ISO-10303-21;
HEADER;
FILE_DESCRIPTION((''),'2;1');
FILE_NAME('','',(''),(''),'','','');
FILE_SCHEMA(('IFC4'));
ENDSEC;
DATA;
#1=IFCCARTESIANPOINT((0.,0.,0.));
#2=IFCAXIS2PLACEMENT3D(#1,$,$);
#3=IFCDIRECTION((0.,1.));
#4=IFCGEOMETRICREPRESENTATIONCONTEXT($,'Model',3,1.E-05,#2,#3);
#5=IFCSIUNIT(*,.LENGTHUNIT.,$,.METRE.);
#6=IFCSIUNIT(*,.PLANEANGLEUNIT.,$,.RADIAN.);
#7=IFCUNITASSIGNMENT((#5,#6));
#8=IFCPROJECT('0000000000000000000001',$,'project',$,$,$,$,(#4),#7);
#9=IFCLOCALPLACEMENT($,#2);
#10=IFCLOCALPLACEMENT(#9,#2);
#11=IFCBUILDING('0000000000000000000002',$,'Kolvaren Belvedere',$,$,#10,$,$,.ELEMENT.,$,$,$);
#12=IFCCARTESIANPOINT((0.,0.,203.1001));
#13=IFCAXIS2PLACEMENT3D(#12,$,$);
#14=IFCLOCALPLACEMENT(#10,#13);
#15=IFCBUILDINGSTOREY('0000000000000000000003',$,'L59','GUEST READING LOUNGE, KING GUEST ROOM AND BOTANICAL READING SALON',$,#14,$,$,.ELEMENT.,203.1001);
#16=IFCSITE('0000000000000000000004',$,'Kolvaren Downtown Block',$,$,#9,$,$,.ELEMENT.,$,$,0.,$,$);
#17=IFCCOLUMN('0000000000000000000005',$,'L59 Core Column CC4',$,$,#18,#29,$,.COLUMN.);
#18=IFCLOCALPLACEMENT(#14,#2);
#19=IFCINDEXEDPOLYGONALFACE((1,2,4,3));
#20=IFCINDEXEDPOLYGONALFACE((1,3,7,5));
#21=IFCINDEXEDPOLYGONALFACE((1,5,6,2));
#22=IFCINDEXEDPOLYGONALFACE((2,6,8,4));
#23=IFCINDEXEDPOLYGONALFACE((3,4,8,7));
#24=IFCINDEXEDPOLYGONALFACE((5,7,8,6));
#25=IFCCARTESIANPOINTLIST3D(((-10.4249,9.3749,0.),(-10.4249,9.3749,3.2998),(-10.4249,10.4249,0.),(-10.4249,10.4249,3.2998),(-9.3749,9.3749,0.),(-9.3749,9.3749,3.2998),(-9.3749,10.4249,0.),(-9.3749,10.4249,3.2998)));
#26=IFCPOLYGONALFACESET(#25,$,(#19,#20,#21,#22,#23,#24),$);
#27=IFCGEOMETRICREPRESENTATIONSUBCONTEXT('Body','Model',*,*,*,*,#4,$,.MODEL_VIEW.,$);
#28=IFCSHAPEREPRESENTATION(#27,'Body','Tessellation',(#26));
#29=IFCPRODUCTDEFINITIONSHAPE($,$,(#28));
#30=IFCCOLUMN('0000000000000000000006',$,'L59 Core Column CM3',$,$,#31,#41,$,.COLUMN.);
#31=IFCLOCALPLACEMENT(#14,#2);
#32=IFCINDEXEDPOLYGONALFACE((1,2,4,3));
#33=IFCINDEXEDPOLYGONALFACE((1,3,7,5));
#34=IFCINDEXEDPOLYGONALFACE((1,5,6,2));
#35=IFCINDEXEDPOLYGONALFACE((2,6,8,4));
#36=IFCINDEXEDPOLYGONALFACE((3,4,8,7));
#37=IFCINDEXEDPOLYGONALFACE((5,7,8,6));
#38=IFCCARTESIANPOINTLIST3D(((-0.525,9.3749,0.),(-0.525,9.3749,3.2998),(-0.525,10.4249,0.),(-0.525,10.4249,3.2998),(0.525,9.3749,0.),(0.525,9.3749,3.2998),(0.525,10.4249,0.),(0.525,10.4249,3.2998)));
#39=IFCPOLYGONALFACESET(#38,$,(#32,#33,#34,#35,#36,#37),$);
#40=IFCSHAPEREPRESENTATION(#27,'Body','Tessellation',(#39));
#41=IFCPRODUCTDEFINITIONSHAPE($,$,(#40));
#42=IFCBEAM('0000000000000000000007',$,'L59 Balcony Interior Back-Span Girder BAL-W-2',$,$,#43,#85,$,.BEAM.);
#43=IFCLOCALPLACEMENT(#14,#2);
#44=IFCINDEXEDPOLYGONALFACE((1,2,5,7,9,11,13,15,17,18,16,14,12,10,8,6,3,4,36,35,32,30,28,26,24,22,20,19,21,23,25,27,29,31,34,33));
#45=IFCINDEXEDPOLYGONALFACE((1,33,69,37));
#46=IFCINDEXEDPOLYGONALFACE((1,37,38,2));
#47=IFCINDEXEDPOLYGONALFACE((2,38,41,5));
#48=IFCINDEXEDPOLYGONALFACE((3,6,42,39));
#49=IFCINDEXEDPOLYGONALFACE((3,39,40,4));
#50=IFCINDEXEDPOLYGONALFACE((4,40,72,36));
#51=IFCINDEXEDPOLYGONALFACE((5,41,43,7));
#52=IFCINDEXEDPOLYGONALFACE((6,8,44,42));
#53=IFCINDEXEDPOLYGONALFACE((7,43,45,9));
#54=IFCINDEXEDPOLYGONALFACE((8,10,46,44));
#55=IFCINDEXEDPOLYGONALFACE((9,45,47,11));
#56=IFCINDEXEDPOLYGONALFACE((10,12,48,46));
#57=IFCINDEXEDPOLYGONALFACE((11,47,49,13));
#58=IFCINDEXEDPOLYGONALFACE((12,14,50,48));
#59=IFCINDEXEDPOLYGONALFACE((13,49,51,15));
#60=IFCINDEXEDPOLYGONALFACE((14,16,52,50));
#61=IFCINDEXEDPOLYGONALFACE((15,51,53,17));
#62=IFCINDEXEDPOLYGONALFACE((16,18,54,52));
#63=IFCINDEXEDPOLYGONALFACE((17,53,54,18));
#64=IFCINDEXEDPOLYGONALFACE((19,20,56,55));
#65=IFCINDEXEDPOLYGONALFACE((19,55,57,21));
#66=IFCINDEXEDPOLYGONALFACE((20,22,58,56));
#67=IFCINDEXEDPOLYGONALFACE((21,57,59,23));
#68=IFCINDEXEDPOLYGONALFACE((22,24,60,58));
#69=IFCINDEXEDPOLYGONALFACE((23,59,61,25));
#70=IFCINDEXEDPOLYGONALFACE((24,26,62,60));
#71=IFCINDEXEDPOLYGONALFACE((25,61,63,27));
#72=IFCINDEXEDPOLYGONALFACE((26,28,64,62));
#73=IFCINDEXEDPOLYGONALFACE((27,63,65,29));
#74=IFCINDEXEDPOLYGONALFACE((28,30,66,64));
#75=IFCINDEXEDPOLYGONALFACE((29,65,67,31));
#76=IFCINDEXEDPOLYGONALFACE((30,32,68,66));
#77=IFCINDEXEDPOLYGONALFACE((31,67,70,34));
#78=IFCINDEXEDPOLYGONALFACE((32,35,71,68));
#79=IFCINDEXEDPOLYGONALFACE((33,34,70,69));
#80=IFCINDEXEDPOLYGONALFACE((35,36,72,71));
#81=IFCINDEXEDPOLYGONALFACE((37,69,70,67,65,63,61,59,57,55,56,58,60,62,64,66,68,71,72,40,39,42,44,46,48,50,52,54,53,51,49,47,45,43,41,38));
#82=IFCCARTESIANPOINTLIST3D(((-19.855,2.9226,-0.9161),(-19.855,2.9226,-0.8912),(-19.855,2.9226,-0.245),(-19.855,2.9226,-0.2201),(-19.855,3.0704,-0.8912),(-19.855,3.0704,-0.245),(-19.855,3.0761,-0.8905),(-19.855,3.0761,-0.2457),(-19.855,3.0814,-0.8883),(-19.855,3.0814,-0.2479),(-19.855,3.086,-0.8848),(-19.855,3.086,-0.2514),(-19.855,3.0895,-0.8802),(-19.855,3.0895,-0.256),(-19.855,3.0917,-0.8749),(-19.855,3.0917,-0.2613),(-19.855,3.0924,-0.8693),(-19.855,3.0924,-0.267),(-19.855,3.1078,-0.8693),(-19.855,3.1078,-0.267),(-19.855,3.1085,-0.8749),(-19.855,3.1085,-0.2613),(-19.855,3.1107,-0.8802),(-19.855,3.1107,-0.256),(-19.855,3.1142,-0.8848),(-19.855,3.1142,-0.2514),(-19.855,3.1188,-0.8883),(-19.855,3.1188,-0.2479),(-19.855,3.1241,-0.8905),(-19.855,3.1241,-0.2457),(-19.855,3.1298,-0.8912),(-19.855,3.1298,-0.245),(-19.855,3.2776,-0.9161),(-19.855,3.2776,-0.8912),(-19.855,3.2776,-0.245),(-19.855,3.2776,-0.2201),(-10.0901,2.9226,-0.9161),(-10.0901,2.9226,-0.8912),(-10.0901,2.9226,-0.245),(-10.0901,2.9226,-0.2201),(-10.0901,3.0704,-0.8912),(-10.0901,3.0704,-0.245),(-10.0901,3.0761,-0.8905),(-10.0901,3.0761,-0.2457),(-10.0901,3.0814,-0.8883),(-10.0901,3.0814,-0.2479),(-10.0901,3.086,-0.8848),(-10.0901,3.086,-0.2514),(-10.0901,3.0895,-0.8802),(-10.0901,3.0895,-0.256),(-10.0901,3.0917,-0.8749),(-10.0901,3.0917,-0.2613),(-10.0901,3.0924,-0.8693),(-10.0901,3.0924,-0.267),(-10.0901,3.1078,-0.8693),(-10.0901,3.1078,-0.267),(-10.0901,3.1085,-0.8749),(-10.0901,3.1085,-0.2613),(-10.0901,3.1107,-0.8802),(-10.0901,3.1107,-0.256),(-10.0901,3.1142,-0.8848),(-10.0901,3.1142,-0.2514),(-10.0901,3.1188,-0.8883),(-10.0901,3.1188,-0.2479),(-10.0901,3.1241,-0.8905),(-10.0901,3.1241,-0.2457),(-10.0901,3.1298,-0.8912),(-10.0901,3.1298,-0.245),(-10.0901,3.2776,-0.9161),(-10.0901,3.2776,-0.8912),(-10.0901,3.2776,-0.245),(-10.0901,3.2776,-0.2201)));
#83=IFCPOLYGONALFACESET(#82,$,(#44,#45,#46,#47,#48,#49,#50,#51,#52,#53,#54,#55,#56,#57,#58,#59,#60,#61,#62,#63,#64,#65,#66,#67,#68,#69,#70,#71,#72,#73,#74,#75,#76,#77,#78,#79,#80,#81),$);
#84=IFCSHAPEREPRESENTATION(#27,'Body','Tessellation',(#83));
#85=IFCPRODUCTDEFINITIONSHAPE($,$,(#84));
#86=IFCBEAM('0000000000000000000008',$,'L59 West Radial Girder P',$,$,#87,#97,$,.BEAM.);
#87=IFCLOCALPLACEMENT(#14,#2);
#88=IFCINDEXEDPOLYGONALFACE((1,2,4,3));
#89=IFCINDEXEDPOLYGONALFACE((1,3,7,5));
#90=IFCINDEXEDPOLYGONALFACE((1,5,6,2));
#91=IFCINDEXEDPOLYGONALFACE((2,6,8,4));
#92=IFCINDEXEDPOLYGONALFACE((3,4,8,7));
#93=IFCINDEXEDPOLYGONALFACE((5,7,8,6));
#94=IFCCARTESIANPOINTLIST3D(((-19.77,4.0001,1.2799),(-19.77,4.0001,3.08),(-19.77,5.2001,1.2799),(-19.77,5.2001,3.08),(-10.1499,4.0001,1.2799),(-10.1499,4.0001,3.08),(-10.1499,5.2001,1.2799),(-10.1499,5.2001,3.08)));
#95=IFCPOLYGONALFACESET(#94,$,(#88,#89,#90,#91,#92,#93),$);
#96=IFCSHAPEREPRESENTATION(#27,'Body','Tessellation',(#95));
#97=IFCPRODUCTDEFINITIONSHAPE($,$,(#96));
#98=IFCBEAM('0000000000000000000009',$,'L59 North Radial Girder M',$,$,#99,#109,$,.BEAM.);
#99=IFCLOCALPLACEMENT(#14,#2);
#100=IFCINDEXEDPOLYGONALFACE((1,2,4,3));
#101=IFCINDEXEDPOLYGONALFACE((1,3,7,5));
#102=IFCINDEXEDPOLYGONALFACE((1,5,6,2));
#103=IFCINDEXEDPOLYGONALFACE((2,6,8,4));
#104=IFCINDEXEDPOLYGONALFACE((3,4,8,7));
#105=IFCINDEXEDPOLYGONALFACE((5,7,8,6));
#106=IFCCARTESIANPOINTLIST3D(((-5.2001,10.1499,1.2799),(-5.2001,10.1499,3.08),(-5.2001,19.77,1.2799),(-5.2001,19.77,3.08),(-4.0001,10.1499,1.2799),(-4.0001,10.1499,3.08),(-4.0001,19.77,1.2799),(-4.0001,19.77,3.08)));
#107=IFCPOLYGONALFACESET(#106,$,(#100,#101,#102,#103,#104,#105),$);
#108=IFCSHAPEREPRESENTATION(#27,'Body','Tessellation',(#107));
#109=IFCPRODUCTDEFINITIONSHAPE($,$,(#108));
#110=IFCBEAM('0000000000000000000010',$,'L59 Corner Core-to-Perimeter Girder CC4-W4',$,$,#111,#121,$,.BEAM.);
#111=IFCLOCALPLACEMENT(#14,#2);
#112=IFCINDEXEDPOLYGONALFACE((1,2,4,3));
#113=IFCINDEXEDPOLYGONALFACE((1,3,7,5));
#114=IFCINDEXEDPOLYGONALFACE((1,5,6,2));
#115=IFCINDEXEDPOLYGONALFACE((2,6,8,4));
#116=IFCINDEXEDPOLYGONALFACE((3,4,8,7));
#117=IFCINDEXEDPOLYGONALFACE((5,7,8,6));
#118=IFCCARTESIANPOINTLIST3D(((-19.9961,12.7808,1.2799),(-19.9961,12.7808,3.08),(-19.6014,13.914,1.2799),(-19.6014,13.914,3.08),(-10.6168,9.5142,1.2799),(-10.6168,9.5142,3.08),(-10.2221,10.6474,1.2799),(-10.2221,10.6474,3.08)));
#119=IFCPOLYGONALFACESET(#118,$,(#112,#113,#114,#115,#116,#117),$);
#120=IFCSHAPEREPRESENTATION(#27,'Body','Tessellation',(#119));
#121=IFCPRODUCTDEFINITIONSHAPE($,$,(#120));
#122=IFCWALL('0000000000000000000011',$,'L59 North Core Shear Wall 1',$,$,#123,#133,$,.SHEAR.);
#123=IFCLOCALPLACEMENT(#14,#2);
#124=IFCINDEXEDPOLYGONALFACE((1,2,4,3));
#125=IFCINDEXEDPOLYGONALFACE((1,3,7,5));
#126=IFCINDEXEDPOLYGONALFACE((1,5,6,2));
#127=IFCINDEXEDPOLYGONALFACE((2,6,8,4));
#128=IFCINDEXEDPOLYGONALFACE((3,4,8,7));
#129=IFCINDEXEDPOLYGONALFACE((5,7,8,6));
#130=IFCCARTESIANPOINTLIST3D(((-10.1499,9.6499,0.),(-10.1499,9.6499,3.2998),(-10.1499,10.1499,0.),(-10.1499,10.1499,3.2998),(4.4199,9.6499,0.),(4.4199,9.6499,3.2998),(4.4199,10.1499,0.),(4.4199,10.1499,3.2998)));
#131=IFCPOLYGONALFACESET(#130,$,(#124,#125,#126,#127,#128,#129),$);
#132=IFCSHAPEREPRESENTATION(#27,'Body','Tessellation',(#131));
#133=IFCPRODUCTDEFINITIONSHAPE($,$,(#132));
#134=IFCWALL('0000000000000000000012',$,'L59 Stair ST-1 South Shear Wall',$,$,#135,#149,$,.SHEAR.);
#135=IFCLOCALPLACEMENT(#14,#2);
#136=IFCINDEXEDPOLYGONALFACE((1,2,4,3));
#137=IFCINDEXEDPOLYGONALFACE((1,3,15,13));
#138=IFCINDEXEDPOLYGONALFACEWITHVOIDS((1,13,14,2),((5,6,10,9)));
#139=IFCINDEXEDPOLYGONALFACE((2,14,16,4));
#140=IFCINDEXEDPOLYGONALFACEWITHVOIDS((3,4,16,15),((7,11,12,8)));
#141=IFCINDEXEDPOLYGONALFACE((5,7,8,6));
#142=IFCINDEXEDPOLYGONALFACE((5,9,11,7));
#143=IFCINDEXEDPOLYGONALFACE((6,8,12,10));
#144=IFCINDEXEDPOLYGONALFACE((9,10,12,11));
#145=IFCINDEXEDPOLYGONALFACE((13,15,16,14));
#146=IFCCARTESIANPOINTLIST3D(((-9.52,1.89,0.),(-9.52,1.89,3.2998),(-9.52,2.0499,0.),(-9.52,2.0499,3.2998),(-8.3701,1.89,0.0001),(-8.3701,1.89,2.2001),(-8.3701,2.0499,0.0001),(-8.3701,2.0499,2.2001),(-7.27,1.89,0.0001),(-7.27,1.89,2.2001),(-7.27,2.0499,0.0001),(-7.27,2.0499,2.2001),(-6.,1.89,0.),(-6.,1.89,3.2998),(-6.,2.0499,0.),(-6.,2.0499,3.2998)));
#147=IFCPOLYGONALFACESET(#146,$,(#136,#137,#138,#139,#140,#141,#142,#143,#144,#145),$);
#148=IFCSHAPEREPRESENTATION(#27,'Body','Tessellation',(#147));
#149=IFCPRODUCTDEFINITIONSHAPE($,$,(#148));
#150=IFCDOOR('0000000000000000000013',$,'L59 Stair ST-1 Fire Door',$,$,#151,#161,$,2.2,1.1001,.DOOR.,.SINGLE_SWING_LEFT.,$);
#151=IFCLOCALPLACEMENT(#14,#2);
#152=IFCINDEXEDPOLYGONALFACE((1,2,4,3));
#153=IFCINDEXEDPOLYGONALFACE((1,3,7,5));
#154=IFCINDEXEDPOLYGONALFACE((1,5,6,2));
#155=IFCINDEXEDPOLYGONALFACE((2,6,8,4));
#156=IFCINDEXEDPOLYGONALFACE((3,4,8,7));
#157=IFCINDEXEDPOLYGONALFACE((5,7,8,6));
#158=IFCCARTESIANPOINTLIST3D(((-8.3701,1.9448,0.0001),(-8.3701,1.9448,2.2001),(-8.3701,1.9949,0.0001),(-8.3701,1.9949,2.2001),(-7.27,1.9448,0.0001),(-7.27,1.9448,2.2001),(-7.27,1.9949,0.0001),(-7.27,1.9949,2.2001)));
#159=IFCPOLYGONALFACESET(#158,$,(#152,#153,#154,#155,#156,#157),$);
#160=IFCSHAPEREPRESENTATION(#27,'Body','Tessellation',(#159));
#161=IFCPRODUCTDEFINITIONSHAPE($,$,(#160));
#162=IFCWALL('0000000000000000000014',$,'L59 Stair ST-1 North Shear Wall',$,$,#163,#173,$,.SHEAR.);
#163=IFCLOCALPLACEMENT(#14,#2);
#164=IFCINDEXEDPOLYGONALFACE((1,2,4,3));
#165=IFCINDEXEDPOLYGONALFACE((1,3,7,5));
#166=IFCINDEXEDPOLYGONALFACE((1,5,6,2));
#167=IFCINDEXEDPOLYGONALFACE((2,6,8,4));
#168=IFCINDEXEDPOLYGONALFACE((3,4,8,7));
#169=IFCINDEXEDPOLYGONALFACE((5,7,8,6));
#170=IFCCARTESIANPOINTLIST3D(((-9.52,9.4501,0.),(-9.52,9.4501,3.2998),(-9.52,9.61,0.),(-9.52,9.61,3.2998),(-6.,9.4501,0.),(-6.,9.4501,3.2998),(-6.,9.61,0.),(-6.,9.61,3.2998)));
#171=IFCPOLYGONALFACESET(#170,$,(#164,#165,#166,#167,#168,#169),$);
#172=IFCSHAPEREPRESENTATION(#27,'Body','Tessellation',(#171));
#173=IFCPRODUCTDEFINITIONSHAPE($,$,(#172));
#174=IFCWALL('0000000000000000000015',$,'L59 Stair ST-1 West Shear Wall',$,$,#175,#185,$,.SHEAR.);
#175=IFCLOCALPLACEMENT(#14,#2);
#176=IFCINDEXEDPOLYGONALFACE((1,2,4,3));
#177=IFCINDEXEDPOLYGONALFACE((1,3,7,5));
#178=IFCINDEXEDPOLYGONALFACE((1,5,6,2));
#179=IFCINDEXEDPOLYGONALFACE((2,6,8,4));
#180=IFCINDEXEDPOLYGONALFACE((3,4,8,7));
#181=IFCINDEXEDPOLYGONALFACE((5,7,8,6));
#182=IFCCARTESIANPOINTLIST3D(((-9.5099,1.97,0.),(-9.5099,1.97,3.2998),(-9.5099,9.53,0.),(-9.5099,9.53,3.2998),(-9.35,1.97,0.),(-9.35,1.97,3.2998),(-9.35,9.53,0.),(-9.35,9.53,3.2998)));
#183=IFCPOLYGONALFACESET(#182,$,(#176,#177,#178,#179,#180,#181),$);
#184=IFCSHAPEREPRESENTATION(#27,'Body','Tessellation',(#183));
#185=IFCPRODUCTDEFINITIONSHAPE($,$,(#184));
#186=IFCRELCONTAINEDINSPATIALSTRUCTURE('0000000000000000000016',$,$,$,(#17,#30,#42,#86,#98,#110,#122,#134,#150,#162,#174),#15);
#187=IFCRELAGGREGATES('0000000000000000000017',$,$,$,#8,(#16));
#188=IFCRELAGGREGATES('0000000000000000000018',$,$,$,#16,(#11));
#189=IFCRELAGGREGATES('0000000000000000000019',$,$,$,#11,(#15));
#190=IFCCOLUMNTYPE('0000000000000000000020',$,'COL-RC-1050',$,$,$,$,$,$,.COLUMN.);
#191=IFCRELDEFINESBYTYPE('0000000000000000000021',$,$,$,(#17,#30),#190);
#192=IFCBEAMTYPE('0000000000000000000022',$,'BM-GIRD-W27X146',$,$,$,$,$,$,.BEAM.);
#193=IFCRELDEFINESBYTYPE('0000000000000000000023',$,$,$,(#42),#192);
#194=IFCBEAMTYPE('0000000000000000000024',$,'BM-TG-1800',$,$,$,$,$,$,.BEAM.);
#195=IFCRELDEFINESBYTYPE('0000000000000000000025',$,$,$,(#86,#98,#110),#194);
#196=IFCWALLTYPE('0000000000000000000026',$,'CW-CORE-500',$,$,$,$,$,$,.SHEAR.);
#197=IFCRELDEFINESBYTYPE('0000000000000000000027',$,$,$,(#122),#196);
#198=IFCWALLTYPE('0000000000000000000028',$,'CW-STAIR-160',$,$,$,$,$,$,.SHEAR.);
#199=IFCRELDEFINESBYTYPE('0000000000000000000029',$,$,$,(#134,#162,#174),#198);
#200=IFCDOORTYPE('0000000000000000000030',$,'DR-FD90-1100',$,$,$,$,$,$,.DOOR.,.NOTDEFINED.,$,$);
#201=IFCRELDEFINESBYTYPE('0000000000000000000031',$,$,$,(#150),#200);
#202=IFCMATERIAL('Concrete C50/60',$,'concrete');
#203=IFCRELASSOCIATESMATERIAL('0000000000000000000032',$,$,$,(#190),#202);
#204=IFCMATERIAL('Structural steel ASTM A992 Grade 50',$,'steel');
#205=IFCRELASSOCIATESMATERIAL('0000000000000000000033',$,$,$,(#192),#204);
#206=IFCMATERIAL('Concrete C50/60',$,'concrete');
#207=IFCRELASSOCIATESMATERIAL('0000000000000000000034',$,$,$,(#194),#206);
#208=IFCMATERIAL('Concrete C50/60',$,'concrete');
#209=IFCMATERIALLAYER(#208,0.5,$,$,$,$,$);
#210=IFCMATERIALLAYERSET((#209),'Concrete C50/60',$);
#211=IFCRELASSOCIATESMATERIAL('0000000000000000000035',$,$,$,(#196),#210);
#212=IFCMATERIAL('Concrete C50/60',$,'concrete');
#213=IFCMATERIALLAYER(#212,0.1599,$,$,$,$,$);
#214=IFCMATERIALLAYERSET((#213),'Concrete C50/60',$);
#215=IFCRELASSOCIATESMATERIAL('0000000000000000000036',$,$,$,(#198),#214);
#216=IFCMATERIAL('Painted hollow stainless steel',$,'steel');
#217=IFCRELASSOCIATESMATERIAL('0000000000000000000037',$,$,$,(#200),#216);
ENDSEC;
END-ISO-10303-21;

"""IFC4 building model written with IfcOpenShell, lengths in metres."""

from ifc_helpers import new_model, si_unit, direction, frame, frame_2d, origin, origin_2d, place, context, subcontext, project, spatial, rectangle, i_section, extrude, material, layer, layer_set, material_profile, profile_set, type_object, element, fill, save


model = new_model("IFC4")

# Units and contexts
model_context = context("Model", 3, precision=1e-05, world=origin(), true_north=direction((0.0, 1.0)))
body_context = subcontext(model_context, "Body", "Model", "MODEL_VIEW")
ifc_project = project(units=[si_unit("LENGTHUNIT", "METRE"), si_unit("PLANEANGLEUNIT", "RADIAN")], contexts=[model_context])

# Site, building, storey
site_placement = place(None, origin())
site = spatial("IfcSite", under=ifc_project, at=site_placement, Name="Kolvaren Downtown Block", CompositionType="ELEMENT", RefElevation=0.0)
building_placement = place(site_placement, origin())
building = spatial("IfcBuilding", under=site, at=building_placement, Name="Kolvaren Belvedere", CompositionType="ELEMENT")
storey_placement = place(building_placement, frame((0.0, 0.0, 203.1001)))
storey = spatial("IfcBuildingStorey", under=building, at=storey_placement, Name="L59", Description="GUEST READING LOUNGE, KING GUEST ROOM AND BOTANICAL READING SALON", CompositionType="ELEMENT", Elevation=203.1001)

# Columns
ifc_material_1 = material(Name="Concrete C50/60", Category="concrete")
ifc_material_profile_1 = material_profile(ifc_material_1, rectangle(XDim=1.05, YDim=1.05, at=origin_2d()), Name="RC 1050X1050")
ifc_profile_set_1 = profile_set([ifc_material_profile_1], Name="Concrete C50/60")
column_type = type_object("IfcColumnType", Name="COL-RC-1050", PredefinedType="COLUMN", material=ifc_profile_set_1)
for number, where, z_axis, x_axis, name in (
    (1, (-9.8999, 9.8999, 0.0), (0.0, 0.0, 1.0), (1.0, 0.0, 0.0), "L59 Core Column CC4"),
    (2, (0.0, 9.8999, 0.0), (0.0, 0.0, 1.0), (1.0, 0.0, 0.0), "L59 Core Column CM3"),
):
    element("IfcColumn", number, at=place(storey_placement, frame(where, z_axis=z_axis, x_axis=x_axis)), inside=storey, type_object=column_type, Name=name, PredefinedType="COLUMN", context=body_context, shape_type="SweptSolid", body=[
        extrude(rectangle(XDim=1.05, YDim=1.05, at=origin_2d()), origin(), (0.0, 0.0, 1.0), 3.2998),
    ])

# Beams
ifc_material_2 = material(Name="Structural steel ASTM A992 Grade 50", Category="steel")
ifc_material_profile_2 = material_profile(ifc_material_2, i_section(OverallWidth=0.355, OverallDepth=0.696, WebThickness=0.0154, FlangeThickness=0.0249, FilletRadius=0.022, at=origin_2d()), Name="W27X146")
ifc_profile_set_2 = profile_set([ifc_material_profile_2], Name="Structural steel ASTM A992 Grade 50")
beam_type_1 = type_object("IfcBeamType", Name="BM-GIRD-W27X146", PredefinedType="BEAM", material=ifc_profile_set_2)
beam_1_placement = place(storey_placement, frame((-10.0901, 3.1001, -0.5681), z_axis=(-1.0, 0.0, 0.0), x_axis=(0.0, -1.0, 0.0)))
element("IfcBeam", 3, at=beam_1_placement, inside=storey, type_object=beam_type_1, Name="L59 Balcony Interior Back-Span Girder BAL-W-2", PredefinedType="BEAM", context=body_context, shape_type="SweptSolid", body=[
    extrude(i_section(OverallWidth=0.355, OverallDepth=0.696, WebThickness=0.0154, FlangeThickness=0.0249, FilletRadius=0.022, at=origin_2d()), origin(), (0.0, 0.0, 1.0), 9.7649),
])
ifc_material_3 = material(Name="Concrete C50/60", Category="concrete")
ifc_material_profile_3 = material_profile(ifc_material_3, rectangle(XDim=1.2, YDim=1.8, at=origin_2d()), Name="RC 1200X1800")
ifc_profile_set_3 = profile_set([ifc_material_profile_3], Name="Concrete C50/60")
beam_type_2 = type_object("IfcBeamType", Name="BM-TG-1800", PredefinedType="BEAM", material=ifc_profile_set_3)
for number, where, z_axis, x_axis, name in (
    (4, (-10.1499, 4.6001, 2.1799), (-1.0, 0.0, 0.0), (0.0, -1.0, 0.0), "L59 West Radial Girder P"),
    (5, (-4.6001, 10.1499, 2.1799), (0.0, 1.0, 0.0), (-1.0, 0.0, 0.0), "L59 North Radial Girder M"),
):
    element("IfcBeam", number, at=place(storey_placement, frame(where, z_axis=z_axis, x_axis=x_axis)), inside=storey, type_object=beam_type_2, Name=name, PredefinedType="BEAM", context=body_context, shape_type="SweptSolid", body=[
        extrude(rectangle(XDim=1.2, YDim=1.8, at=origin_2d()), origin(), (0.0, 0.0, 1.0), 9.6201),
    ])
beam_2_placement = place(storey_placement, frame((-10.4194, 10.0808, 2.1799), z_axis=(-0.944365, 0.328898, 0.0), x_axis=(-0.328898, -0.944365, 0.0)))
element("IfcBeam", 6, at=beam_2_placement, inside=storey, type_object=beam_type_2, Name="L59 Corner Core-to-Perimeter Girder CC4-W4", PredefinedType="BEAM", context=body_context, shape_type="SweptSolid", body=[
    extrude(rectangle(XDim=1.2, YDim=1.8, at=origin_2d()), origin(), (0.0, 0.0, 1.0), 9.9319),
])

# Wall
ifc_material_4 = material(Name="Concrete C50/60", Category="concrete")
ifc_layer_1 = layer(ifc_material_4, 0.5)
ifc_layer_set_1 = layer_set([ifc_layer_1], Name="Concrete C50/60")
wall_type_1 = type_object("IfcWallType", Name="CW-CORE-500", PredefinedType="SHEAR", material=ifc_layer_set_1)
wall_1_placement = place(storey_placement, frame((-10.1499, 9.8999, 0.0), z_axis=(0.0, 0.0, 1.0), x_axis=(1.0, 0.0, 0.0)))
element("IfcWall", 7, at=wall_1_placement, inside=storey, type_object=wall_type_1, Name="L59 North Core Shear Wall 1", PredefinedType="SHEAR", context=body_context, shape_type="SweptSolid", body=[
    extrude(rectangle(XDim=14.5698, YDim=0.5, at=frame_2d((7.2849, 0.0))), origin(), (0.0, 0.0, 1.0), 3.2998),
])

# Wall, opening, door
ifc_material_5 = material(Name="Concrete C50/60", Category="concrete")
ifc_layer_2 = layer(ifc_material_5, 0.1599)
ifc_layer_set_2 = layer_set([ifc_layer_2], Name="Concrete C50/60")
wall_type_2 = type_object("IfcWallType", Name="CW-STAIR-160", PredefinedType="SHEAR", material=ifc_layer_set_2)
wall_2_placement = place(storey_placement, frame((-9.52, 1.97, 0.0), z_axis=(0.0, 0.0, 1.0), x_axis=(1.0, 0.0, 0.0)))
wall_2 = element("IfcWall", 8, at=wall_2_placement, inside=storey, type_object=wall_type_2, Name="L59 Stair ST-1 South Shear Wall", PredefinedType="SHEAR", context=body_context, shape_type="SweptSolid", body=[
    extrude(rectangle(XDim=3.52, YDim=0.1599, at=frame_2d((1.76, 0.0))), origin(), (0.0, 0.0, 1.0), 3.2998),
])
opening_1_placement = place(wall_2_placement, frame((1.1499, 0.0, 0.0)))
opening_1 = element("IfcOpeningElement", 9, at=opening_1_placement, cuts=wall_2, PredefinedType="OPENING", context=body_context, shape_type="SweptSolid", body=[
    extrude(rectangle(XDim=1.1001, YDim=2.2, at=frame_2d((0.55, 1.1001))), frame((0.0, 0.0898, 0.0), z_axis=(0.0, -1.0, 0.0), x_axis=(1.0, 0.0, 0.0)), (0.0, 0.0, 1.0), 0.1799),
])
ifc_material_6 = material(Name="Painted hollow stainless steel", Category="steel")
door_type_1 = type_object("IfcDoorType", Name="DR-FD90-1100", OperationType="NOTDEFINED", PredefinedType="DOOR", material=ifc_material_6)
door_1_placement = place(opening_1_placement, origin())
door_1 = element("IfcDoor", 10, at=door_1_placement, inside=storey, type_object=door_type_1, Name="L59 Stair ST-1 Fire Door", OperationType="SINGLE_SWING_LEFT", OverallHeight=2.2, OverallWidth=1.1001, PredefinedType="DOOR", context=body_context, shape_type="SweptSolid", body=[
    extrude(rectangle(XDim=1.1001, YDim=2.2, at=frame_2d((0.55, 1.1001))), frame((0.0, 0.0249, 0.0), z_axis=(0.0, -1.0, 0.0), x_axis=(1.0, 0.0, 0.0)), (0.0, 0.0, 1.0), 0.05),
])
fill(opening_1, door_1)

# Walls
wall_3_placement = place(storey_placement, frame((-9.52, 9.53, 0.0), z_axis=(0.0, 0.0, 1.0), x_axis=(1.0, 0.0, 0.0)))
element("IfcWall", 11, at=wall_3_placement, inside=storey, type_object=wall_type_2, Name="L59 Stair ST-1 North Shear Wall", PredefinedType="SHEAR", context=body_context, shape_type="SweptSolid", body=[
    extrude(rectangle(XDim=3.52, YDim=0.1599, at=frame_2d((1.76, 0.0))), origin(), (0.0, 0.0, 1.0), 3.2998),
])
for number, where, z_axis, x_axis, name in (
    (12, (-9.4299, 1.97, 0.0), (0.0, 0.0, 1.0), (0.0, 1.0, 0.0), "L59 Stair ST-1 West Shear Wall"),
):
    element("IfcWall", number, at=place(storey_placement, frame(where, z_axis=z_axis, x_axis=x_axis)), inside=storey, type_object=wall_type_2, Name=name, PredefinedType="SHEAR", context=body_context, shape_type="SweptSolid", body=[
        extrude(rectangle(XDim=7.5601, YDim=0.1599, at=frame_2d((3.78, 0.0))), origin(), (0.0, 0.0, 1.0), 3.2998),
    ])

save(model, "model.ifc")
